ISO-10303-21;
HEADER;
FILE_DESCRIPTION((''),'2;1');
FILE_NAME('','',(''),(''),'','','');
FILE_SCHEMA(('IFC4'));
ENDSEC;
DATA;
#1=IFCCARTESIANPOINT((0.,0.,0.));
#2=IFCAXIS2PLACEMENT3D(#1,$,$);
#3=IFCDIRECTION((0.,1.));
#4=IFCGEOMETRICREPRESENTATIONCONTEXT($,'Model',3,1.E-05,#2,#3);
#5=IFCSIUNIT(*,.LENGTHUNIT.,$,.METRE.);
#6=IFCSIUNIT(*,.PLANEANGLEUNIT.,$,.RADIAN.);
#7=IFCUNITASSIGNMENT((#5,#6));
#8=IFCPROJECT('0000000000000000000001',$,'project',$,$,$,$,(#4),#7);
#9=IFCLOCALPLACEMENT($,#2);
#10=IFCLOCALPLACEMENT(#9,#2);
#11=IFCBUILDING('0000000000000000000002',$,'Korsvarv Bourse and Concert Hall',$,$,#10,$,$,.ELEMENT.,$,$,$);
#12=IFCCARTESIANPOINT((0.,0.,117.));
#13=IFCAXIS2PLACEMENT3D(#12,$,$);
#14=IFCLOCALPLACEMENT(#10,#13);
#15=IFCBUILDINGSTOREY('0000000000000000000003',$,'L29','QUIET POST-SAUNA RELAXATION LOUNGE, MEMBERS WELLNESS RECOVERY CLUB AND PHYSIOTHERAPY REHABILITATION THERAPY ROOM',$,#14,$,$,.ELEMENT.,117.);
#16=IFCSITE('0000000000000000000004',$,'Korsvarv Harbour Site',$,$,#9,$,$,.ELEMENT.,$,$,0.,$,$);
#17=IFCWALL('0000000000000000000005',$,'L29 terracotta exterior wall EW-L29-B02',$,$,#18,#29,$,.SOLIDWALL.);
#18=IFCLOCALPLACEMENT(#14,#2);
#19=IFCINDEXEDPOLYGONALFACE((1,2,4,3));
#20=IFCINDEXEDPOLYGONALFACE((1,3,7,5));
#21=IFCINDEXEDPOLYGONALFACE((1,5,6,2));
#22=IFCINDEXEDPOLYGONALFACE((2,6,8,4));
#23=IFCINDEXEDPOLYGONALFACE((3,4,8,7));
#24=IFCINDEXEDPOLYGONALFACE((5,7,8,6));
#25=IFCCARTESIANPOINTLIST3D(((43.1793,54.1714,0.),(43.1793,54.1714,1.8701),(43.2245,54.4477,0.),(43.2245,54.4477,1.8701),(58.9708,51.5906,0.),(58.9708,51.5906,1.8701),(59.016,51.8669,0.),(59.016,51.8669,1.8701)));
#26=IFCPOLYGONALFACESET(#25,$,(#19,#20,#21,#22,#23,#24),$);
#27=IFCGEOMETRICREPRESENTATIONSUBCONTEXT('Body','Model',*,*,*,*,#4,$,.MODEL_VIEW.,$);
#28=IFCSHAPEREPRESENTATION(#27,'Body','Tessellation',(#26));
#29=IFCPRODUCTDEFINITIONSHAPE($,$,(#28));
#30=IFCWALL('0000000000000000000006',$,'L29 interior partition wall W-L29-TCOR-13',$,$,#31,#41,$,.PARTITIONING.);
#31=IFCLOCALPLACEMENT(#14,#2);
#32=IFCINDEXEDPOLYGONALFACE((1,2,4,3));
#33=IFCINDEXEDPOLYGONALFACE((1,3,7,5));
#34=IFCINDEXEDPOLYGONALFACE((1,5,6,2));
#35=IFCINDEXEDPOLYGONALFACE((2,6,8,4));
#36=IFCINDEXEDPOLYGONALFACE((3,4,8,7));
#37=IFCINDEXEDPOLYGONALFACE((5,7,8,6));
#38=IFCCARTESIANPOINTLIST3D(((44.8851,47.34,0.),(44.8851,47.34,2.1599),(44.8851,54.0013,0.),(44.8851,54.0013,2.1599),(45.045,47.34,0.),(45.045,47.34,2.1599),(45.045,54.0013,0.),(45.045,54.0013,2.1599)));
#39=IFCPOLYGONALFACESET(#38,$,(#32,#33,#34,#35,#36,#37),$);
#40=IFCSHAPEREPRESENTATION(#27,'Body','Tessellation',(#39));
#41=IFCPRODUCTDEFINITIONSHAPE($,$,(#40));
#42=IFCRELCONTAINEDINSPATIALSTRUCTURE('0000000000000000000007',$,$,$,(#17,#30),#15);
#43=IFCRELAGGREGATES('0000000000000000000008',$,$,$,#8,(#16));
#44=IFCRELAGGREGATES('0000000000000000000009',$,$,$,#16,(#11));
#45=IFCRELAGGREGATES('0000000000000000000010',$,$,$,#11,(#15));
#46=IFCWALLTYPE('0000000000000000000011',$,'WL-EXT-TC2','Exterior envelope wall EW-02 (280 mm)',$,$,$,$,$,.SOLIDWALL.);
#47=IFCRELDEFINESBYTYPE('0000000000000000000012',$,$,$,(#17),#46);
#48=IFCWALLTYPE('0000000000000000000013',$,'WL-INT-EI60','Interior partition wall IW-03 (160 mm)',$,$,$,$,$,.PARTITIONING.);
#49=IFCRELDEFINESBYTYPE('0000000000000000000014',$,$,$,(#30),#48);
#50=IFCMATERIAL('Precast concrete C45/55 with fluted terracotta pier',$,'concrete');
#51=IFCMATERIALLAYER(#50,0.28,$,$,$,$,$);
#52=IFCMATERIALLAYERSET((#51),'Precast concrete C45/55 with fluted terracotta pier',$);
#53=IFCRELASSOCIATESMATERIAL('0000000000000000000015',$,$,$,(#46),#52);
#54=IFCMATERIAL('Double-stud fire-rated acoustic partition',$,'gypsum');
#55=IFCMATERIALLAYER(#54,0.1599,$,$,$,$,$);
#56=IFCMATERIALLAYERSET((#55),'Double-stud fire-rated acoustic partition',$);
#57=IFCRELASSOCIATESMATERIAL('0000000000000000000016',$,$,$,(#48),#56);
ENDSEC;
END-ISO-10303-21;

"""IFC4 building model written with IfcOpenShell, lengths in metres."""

from ifc_helpers import new_model, si_unit, direction, frame, frame_2d, origin, place, context, subcontext, project, spatial, rectangle, extrude, material, layer, layer_set, type_object, element, save


model = new_model("IFC4")

# Units and contexts
model_context = context("Model", 3, precision=1e-05, world=origin(), true_north=direction((0.0, 1.0)))
body_context = subcontext(model_context, "Body", "Model", "MODEL_VIEW")
ifc_project = project(units=[si_unit("LENGTHUNIT", "METRE"), si_unit("PLANEANGLEUNIT", "RADIAN")], contexts=[model_context])

# Site, building, storey
site_placement = place(None, origin())
site = spatial("IfcSite", under=ifc_project, at=site_placement, Name="Korsvarv Harbour Site", CompositionType="ELEMENT", RefElevation=0.0)
building_placement = place(site_placement, origin())
building = spatial("IfcBuilding", under=site, at=building_placement, Name="Korsvarv Bourse and Concert Hall", CompositionType="ELEMENT")
storey_placement = place(building_placement, frame((0.0, 0.0, 117.0)))
storey = spatial("IfcBuildingStorey", under=building, at=storey_placement, Name="L29", Description="QUIET POST-SAUNA RELAXATION LOUNGE, MEMBERS WELLNESS RECOVERY CLUB AND PHYSIOTHERAPY REHABILITATION THERAPY ROOM", CompositionType="ELEMENT", Elevation=117.0)

# Walls
ifc_material_1 = material(Name="Precast concrete C45/55 with fluted terracotta pier", Category="concrete")
ifc_layer_1 = layer(ifc_material_1, 0.28)
ifc_layer_set_1 = layer_set([ifc_layer_1], Name="Precast concrete C45/55 with fluted terracotta pier")
wall_type_1 = type_object("IfcWallType", Name="WL-EXT-TC2", Description="Exterior envelope wall EW-02 (280 mm)", PredefinedType="SOLIDWALL", material=ifc_layer_set_1)
wall_1_placement = place(storey_placement, frame((58.9934, 51.7288, 0.0), z_axis=(0.0, 0.0, 1.0), x_axis=(-0.986907, 0.161291, 0.0)))
element("IfcWall", 1, at=wall_1_placement, inside=storey, type_object=wall_type_1, Name="L29 terracotta exterior wall EW-L29-B02", PredefinedType="SOLIDWALL", context=body_context, shape_type="SweptSolid", body=[
    extrude(rectangle(XDim=16.001, YDim=0.28, at=frame_2d((8.0005, 0.0))), origin(), (0.0, 0.0, 1.0), 1.8701),
])
ifc_material_2 = material(Name="Double-stud fire-rated acoustic partition", Category="gypsum")
ifc_layer_2 = layer(ifc_material_2, 0.1599)
ifc_layer_set_2 = layer_set([ifc_layer_2], Name="Double-stud fire-rated acoustic partition")
wall_type_2 = type_object("IfcWallType", Name="WL-INT-EI60", Description="Interior partition wall IW-03 (160 mm)", PredefinedType="PARTITIONING", material=ifc_layer_set_2)
wall_2_placement = place(storey_placement, frame((44.9651, 47.3401, 0.0), z_axis=(0.0, 0.0, 1.0), x_axis=(0.0, 1.0, 0.0)))
element("IfcWall", 2, at=wall_2_placement, inside=storey, type_object=wall_type_2, Name="L29 interior partition wall W-L29-TCOR-13", PredefinedType="PARTITIONING", context=body_context, shape_type="SweptSolid", body=[
    extrude(rectangle(XDim=6.6614, YDim=0.1599, at=frame_2d((3.3306, 0.0))), origin(), (0.0, 0.0, 1.0), 2.1599),
])

save(model, "model.ifc")
